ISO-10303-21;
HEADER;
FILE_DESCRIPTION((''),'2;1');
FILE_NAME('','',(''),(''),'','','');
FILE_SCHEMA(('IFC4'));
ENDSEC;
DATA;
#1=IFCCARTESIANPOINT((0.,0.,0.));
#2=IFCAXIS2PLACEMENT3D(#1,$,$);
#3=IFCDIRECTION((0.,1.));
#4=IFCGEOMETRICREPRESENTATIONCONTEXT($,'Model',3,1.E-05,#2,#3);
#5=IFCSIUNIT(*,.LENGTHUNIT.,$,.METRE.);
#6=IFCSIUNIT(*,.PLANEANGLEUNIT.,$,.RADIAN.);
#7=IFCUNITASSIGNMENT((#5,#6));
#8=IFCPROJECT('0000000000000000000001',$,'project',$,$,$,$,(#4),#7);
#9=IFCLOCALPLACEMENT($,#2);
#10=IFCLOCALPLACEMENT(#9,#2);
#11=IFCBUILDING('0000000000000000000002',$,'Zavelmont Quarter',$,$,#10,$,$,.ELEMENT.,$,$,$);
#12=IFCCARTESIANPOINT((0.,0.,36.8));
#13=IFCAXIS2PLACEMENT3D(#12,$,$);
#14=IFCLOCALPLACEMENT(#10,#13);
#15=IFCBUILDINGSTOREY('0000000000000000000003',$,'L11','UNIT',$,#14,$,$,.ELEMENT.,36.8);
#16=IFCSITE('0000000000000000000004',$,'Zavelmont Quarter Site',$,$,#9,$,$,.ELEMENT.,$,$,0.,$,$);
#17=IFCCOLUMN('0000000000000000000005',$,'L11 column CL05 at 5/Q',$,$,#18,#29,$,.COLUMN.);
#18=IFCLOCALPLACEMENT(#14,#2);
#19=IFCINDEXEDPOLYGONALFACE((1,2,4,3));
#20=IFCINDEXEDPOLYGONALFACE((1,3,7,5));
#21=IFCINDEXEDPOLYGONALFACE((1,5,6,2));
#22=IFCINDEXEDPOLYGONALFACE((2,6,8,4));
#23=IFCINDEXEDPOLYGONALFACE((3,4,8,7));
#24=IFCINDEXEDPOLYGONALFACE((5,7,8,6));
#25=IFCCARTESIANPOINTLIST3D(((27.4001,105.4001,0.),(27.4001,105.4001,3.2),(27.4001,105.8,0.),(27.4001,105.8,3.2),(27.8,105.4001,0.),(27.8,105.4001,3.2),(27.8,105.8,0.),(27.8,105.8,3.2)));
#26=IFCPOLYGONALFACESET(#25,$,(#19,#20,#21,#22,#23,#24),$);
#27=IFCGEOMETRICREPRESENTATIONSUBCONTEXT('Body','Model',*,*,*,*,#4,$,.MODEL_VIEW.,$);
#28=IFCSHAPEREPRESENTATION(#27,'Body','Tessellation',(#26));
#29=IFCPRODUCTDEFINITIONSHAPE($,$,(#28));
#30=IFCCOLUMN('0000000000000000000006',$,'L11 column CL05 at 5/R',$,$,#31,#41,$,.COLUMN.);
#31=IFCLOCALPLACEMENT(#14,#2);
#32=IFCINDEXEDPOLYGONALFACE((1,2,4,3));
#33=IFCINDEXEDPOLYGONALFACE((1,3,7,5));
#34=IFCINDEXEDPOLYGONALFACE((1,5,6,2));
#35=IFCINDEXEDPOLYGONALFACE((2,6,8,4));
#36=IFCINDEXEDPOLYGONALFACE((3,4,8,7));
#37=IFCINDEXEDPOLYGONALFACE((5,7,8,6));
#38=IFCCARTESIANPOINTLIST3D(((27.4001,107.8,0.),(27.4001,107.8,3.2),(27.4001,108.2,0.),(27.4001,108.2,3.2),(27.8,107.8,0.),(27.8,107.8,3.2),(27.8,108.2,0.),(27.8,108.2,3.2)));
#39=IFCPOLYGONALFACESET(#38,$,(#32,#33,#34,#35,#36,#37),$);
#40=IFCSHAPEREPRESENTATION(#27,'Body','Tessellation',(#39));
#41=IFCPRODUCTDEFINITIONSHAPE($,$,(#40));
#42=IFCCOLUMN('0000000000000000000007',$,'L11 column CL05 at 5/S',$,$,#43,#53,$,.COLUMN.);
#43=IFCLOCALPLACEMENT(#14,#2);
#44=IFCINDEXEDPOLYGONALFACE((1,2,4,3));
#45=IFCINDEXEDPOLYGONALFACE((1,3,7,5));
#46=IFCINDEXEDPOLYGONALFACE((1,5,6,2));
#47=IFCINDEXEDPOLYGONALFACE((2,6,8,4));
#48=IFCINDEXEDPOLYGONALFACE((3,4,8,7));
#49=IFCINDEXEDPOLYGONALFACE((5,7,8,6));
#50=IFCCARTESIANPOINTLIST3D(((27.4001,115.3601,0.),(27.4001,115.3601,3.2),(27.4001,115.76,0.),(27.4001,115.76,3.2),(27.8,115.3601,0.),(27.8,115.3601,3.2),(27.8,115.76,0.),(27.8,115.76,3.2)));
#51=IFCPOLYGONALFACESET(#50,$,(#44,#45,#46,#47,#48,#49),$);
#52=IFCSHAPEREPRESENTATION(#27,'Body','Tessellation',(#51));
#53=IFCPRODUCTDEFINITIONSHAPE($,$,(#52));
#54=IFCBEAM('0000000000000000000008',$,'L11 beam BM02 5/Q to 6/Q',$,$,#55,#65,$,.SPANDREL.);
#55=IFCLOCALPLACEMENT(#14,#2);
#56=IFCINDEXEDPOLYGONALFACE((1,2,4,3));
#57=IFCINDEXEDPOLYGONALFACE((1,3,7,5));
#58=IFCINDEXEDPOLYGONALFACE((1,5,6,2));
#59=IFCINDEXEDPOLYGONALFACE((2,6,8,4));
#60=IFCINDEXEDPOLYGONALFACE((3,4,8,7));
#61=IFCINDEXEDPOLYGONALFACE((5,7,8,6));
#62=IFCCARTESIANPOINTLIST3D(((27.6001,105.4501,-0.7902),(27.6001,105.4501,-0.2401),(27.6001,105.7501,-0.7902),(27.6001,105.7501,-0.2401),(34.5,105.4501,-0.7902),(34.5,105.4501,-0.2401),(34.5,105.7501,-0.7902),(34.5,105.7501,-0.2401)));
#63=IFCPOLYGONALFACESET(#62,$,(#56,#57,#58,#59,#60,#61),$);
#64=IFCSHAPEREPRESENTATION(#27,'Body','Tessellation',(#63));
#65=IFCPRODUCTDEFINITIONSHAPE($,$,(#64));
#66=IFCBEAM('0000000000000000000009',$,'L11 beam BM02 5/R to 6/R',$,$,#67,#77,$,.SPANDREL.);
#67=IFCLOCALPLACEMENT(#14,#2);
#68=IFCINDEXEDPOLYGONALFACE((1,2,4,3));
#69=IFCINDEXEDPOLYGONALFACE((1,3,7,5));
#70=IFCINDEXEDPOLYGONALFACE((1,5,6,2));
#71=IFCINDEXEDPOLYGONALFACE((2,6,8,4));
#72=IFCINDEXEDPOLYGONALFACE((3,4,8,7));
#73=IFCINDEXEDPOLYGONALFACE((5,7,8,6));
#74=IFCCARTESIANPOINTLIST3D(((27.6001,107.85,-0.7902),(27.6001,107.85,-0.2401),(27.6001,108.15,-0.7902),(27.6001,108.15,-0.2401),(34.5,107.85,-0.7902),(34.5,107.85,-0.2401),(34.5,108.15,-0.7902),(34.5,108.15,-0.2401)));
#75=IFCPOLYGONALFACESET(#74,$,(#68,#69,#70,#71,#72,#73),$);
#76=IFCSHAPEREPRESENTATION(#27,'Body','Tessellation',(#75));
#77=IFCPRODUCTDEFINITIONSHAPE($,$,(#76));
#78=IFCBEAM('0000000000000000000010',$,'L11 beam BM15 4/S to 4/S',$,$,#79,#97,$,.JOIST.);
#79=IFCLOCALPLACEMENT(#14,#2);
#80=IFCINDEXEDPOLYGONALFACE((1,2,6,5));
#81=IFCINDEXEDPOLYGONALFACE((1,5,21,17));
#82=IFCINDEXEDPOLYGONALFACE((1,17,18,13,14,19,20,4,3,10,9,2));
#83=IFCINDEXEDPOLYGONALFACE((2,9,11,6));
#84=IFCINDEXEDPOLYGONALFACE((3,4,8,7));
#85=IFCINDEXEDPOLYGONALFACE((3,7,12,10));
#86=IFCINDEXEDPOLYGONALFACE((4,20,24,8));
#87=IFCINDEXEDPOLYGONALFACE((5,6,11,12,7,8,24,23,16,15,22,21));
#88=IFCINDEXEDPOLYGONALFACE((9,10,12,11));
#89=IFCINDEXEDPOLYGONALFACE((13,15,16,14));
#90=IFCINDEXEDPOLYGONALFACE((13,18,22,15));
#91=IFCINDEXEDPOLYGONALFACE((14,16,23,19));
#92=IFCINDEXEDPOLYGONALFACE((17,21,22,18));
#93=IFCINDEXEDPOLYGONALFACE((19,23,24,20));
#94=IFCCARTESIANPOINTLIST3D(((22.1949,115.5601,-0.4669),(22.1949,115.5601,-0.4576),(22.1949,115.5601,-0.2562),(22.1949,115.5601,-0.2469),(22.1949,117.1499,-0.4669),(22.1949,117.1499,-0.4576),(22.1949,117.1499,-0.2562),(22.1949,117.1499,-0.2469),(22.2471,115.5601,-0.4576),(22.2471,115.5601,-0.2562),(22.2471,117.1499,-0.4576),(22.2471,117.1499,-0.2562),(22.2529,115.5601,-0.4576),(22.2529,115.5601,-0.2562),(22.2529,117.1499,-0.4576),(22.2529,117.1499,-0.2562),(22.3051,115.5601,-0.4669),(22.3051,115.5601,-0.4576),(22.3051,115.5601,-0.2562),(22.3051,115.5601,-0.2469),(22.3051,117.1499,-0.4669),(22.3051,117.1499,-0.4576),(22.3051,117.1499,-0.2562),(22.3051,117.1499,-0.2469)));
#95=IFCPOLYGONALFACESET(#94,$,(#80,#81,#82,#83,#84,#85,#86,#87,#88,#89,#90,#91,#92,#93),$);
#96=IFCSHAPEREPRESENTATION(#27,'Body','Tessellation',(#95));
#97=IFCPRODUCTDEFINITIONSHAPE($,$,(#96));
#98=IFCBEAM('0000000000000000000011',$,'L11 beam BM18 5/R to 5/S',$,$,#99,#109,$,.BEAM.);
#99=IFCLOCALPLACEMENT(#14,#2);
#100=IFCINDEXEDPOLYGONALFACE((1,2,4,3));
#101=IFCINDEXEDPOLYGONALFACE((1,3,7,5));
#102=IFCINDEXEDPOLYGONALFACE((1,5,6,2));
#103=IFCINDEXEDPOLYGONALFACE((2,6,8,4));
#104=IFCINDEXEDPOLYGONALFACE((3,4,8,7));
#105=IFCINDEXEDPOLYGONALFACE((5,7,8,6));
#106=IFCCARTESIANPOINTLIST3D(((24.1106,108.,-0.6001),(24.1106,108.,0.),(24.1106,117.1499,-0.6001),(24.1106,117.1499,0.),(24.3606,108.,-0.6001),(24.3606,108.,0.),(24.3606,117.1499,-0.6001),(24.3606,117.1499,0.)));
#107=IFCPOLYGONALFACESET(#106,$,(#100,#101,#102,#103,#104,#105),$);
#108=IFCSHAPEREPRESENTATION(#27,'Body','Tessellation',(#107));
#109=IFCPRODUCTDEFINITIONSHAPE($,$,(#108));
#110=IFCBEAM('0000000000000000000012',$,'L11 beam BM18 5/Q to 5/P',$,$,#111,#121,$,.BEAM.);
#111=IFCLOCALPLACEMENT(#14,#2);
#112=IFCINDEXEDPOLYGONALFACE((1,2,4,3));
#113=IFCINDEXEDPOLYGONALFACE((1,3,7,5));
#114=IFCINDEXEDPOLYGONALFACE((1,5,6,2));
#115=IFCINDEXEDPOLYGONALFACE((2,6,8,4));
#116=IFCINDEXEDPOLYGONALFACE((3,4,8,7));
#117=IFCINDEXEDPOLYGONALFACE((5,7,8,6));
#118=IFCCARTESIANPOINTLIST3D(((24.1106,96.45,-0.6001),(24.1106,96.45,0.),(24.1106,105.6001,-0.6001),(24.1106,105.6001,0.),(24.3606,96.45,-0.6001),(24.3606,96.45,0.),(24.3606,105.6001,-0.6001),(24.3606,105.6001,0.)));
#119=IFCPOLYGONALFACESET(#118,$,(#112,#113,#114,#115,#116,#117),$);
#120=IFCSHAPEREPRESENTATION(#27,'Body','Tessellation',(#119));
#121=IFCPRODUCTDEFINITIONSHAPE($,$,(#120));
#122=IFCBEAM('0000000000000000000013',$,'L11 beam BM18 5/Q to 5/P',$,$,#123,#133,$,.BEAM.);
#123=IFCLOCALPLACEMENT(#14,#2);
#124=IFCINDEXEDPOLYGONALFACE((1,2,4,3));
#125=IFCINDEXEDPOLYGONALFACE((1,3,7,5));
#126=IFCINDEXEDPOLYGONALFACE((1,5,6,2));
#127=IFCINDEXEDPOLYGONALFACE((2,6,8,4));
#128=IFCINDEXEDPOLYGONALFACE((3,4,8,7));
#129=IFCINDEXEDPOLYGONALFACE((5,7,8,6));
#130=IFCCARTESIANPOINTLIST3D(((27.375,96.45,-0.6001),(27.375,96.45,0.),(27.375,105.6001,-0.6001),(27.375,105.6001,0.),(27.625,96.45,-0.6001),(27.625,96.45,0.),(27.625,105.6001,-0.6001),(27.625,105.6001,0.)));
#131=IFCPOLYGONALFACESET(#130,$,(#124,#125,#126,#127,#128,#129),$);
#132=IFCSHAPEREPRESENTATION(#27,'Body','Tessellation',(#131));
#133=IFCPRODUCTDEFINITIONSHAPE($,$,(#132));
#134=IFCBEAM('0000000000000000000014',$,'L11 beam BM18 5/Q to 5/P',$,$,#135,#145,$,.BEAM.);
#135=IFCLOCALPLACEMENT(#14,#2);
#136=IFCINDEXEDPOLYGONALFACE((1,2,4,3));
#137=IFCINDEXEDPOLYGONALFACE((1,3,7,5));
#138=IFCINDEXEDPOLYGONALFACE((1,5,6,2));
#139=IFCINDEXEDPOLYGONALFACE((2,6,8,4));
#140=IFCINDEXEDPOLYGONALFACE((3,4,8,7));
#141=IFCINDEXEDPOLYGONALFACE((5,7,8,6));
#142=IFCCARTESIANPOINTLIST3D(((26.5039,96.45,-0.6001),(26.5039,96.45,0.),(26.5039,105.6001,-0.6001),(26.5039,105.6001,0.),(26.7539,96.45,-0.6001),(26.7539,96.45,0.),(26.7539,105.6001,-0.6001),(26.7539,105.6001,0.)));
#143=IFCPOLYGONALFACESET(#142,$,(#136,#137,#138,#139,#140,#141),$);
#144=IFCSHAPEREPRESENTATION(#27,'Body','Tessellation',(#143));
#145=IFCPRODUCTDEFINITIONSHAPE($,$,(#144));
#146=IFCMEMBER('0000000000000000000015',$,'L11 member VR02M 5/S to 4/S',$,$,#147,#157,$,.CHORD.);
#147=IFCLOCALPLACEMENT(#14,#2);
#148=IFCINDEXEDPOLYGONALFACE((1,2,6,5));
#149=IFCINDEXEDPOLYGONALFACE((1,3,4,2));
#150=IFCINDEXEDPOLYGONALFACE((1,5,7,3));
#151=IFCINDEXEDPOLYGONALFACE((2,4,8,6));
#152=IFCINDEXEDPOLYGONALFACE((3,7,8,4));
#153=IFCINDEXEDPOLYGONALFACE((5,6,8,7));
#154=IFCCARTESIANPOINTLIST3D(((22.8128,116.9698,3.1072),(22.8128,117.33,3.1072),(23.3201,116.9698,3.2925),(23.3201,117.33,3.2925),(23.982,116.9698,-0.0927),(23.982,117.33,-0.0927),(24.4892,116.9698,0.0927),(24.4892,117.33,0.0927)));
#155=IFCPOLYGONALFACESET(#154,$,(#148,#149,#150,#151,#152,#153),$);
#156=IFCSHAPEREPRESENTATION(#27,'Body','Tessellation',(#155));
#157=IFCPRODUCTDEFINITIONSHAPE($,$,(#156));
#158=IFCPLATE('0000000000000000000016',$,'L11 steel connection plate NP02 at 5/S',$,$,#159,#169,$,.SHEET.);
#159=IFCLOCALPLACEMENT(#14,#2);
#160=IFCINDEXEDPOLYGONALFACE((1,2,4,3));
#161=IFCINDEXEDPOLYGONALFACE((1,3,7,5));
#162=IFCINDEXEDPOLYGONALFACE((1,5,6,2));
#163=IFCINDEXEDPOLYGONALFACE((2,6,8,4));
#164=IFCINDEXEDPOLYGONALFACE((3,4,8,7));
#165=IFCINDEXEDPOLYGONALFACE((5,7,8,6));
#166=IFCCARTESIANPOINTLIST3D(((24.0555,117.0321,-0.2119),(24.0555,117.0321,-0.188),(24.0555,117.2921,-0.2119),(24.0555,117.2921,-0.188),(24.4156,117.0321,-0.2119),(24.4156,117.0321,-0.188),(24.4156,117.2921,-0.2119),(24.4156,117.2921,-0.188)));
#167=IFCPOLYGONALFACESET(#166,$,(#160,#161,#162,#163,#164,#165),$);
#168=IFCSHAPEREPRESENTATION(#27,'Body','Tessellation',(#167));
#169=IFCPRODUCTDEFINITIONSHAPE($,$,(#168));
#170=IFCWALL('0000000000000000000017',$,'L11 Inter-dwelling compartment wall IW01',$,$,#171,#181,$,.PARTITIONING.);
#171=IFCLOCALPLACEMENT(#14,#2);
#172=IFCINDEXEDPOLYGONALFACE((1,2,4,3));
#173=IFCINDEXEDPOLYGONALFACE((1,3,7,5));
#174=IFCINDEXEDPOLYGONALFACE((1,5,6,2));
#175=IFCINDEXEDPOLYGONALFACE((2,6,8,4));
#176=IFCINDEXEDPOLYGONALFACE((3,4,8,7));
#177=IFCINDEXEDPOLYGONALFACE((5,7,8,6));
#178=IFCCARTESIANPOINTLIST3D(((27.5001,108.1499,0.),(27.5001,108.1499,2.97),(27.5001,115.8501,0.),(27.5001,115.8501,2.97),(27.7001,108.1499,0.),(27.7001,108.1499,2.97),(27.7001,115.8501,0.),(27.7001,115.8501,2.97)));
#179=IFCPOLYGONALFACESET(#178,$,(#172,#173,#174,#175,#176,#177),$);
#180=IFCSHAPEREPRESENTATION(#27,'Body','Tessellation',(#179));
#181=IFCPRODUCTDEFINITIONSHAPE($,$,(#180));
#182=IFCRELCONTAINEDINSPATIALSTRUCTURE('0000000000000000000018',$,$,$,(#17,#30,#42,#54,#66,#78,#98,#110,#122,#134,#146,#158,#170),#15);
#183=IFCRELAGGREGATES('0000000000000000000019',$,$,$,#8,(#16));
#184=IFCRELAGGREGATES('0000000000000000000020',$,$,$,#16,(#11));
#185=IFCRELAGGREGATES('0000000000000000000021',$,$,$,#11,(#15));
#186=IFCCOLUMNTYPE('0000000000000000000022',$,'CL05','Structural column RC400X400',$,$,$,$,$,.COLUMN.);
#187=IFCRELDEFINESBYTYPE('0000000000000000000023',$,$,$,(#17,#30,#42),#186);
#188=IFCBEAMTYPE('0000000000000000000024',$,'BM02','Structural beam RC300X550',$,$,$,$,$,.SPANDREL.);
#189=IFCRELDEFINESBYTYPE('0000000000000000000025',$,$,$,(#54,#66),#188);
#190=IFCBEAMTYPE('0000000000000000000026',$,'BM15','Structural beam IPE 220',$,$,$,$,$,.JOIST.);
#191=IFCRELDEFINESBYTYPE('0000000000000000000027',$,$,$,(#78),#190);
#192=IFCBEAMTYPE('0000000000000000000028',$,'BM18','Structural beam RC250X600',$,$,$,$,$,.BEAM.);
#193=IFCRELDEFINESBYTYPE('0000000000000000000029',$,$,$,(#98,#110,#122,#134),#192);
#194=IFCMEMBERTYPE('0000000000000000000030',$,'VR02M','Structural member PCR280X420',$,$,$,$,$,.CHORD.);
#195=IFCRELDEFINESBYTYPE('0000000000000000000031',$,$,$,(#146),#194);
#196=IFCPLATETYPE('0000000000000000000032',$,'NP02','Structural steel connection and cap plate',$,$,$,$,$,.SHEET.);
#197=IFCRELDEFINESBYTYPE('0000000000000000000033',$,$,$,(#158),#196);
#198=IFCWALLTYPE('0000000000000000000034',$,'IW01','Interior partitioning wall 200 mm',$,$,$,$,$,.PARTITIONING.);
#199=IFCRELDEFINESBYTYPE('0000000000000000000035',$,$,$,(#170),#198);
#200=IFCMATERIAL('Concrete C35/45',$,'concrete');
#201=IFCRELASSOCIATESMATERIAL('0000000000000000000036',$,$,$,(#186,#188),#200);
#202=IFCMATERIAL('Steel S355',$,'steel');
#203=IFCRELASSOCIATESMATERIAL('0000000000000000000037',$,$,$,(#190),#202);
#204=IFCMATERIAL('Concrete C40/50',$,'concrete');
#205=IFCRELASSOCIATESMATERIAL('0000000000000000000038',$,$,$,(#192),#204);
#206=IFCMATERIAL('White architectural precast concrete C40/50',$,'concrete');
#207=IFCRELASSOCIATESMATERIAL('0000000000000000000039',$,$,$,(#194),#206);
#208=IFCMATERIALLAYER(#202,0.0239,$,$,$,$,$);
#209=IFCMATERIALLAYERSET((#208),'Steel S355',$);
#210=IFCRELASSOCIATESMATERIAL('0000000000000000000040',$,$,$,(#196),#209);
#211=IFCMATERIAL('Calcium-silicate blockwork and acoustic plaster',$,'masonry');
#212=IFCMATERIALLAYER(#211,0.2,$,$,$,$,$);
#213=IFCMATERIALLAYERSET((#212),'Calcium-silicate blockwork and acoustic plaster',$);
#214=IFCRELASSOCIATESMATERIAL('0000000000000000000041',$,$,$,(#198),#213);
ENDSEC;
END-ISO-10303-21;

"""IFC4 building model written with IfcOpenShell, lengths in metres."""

from ifc_helpers import new_model, si_unit, direction, frame, frame_2d, origin, origin_2d, place, context, subcontext, project, spatial, rectangle, i_section, extrude, material, layer, layer_set, material_profile, profile_set, type_object, element, save


model = new_model("IFC4")

# Units and contexts
model_context = context("Model", 3, precision=1e-05, world=origin(), true_north=direction((0.0, 1.0)))
body_context = subcontext(model_context, "Body", "Model", "MODEL_VIEW")
ifc_project = project(units=[si_unit("LENGTHUNIT", "METRE"), si_unit("PLANEANGLEUNIT", "RADIAN")], contexts=[model_context])

# Site, building, storey
site_placement = place(None, origin())
site = spatial("IfcSite", under=ifc_project, at=site_placement, Name="Zavelmont Quarter Site", CompositionType="ELEMENT", RefElevation=0.0)
building_placement = place(site_placement, origin())
building = spatial("IfcBuilding", under=site, at=building_placement, Name="Zavelmont Quarter", CompositionType="ELEMENT")
storey_placement = place(building_placement, frame((0.0, 0.0, 36.8)))
storey = spatial("IfcBuildingStorey", under=building, at=storey_placement, Name="L11", Description="UNIT", CompositionType="ELEMENT", Elevation=36.8)

# Columns
ifc_material_1 = material(Name="Concrete C35/45", Category="concrete")
ifc_material_profile_1 = material_profile(ifc_material_1, rectangle(XDim=0.3999, YDim=0.3999, at=origin_2d()), Name="RC400X400")
ifc_profile_set_1 = profile_set([ifc_material_profile_1], Name="Concrete C35/45")
column_type = type_object("IfcColumnType", Name="CL05", Description="Structural column RC400X400", PredefinedType="COLUMN", material=ifc_profile_set_1)
for number, where, z_axis, x_axis, name in (
    (1, (27.6001, 105.6001, 0.0), (0.0, 0.0, 1.0), (1.0, 0.0, 0.0), "L11 column CL05 at 5/Q"),
    (2, (27.6001, 108.0, 0.0), (0.0, 0.0, 1.0), (1.0, 0.0, 0.0), "L11 column CL05 at 5/R"),
    (3, (27.6001, 115.5601, 0.0), (0.0, 0.0, 1.0), (1.0, 0.0, 0.0), "L11 column CL05 at 5/S"),
):
    element("IfcColumn", number, at=place(storey_placement, frame(where, z_axis=z_axis, x_axis=x_axis)), inside=storey, type_object=column_type, Name=name, PredefinedType="COLUMN", context=body_context, shape_type="SweptSolid", body=[
        extrude(rectangle(XDim=0.3999, YDim=0.3999, at=origin_2d()), origin(), (0.0, 0.0, 1.0), 3.2),
    ])

# Beams
ifc_material_profile_2 = material_profile(ifc_material_1, rectangle(XDim=0.3, YDim=0.55, at=origin_2d()), Name="RC300X550")
ifc_profile_set_2 = profile_set([ifc_material_profile_2], Name="Concrete C35/45")
beam_type_1 = type_object("IfcBeamType", Name="BM02", Description="Structural beam RC300X550", PredefinedType="SPANDREL", material=ifc_profile_set_2)
for number, where, z_axis, x_axis, name in (
    (4, (27.6001, 105.6001, -0.5151), (1.0, 0.0, 0.0), (0.0, 1.0, 0.0), "L11 beam BM02 5/Q to 6/Q"),
    (5, (27.6001, 108.0, -0.5151), (1.0, 0.0, 0.0), (0.0, 1.0, 0.0), "L11 beam BM02 5/R to 6/R"),
):
    element("IfcBeam", number, at=place(storey_placement, frame(where, z_axis=z_axis, x_axis=x_axis)), inside=storey, type_object=beam_type_1, Name=name, PredefinedType="SPANDREL", context=body_context, shape_type="SweptSolid", body=[
        extrude(rectangle(XDim=0.3, YDim=0.55, at=origin_2d()), origin(), (0.0, 0.0, 1.0), 6.8999),
    ])
ifc_material_2 = material(Name="Steel S355", Category="steel")
ifc_material_profile_3 = material_profile(ifc_material_2, i_section(OverallWidth=0.1101, OverallDepth=0.22, WebThickness=0.0059, FlangeThickness=0.0093, at=origin_2d()), Name="IPE 220")
ifc_profile_set_3 = profile_set([ifc_material_profile_3], Name="Steel S355")
beam_type_2 = type_object("IfcBeamType", Name="BM15", Description="Structural beam IPE 220", PredefinedType="JOIST", material=ifc_profile_set_3)
beam_1_placement = place(storey_placement, frame((22.25, 115.5601, -0.3569), z_axis=(0.0, 1.0, 0.0), x_axis=(-1.0, 0.0, 0.0)))
element("IfcBeam", 6, at=beam_1_placement, inside=storey, type_object=beam_type_2, Name="L11 beam BM15 4/S to 4/S", PredefinedType="JOIST", context=body_context, shape_type="SweptSolid", body=[
    extrude(i_section(OverallWidth=0.1101, OverallDepth=0.22, WebThickness=0.0059, FlangeThickness=0.0093, at=origin_2d()), origin(), (0.0, 0.0, 1.0), 1.5898),
])
ifc_material_3 = material(Name="Concrete C40/50", Category="concrete")
ifc_material_profile_4 = material_profile(ifc_material_3, rectangle(XDim=0.25, YDim=0.6001, at=origin_2d()), Name="RC250X600")
ifc_profile_set_4 = profile_set([ifc_material_profile_4], Name="Concrete C40/50")
beam_type_3 = type_object("IfcBeamType", Name="BM18", Description="Structural beam RC250X600", PredefinedType="BEAM", material=ifc_profile_set_4)
beam_2_placement = place(storey_placement, frame((24.2356, 108.0, -0.3), z_axis=(0.0, 1.0, 0.0), x_axis=(-1.0, 0.0, 0.0)))
element("IfcBeam", 7, at=beam_2_placement, inside=storey, type_object=beam_type_3, Name="L11 beam BM18 5/R to 5/S", PredefinedType="BEAM", context=body_context, shape_type="SweptSolid", body=[
    extrude(rectangle(XDim=0.25, YDim=0.6001, at=origin_2d()), origin(), (0.0, 0.0, 1.0), 9.1499),
])
for number, where, z_axis, x_axis, name in (
    (8, (24.2356, 105.6001, -0.3), (0.0, -1.0, 0.0), (1.0, 0.0, 0.0), "L11 beam BM18 5/Q to 5/P"),
    (9, (27.5, 105.6001, -0.3), (0.0, -1.0, 0.0), (1.0, 0.0, 0.0), "L11 beam BM18 5/Q to 5/P"),
    (10, (26.6289, 105.6001, -0.3), (0.0, -1.0, 0.0), (1.0, 0.0, 0.0), "L11 beam BM18 5/Q to 5/P"),
):
    element("IfcBeam", number, at=place(storey_placement, frame(where, z_axis=z_axis, x_axis=x_axis)), inside=storey, type_object=beam_type_3, Name=name, PredefinedType="BEAM", context=body_context, shape_type="SweptSolid", body=[
        extrude(rectangle(XDim=0.25, YDim=0.6001, at=origin_2d()), origin(), (0.0, 0.0, 1.0), 9.1501),
    ])

# Member
ifc_material_4 = material(Name="White architectural precast concrete C40/50", Category="concrete")
ifc_material_profile_5 = material_profile(ifc_material_4, rectangle(XDim=0.3601, YDim=0.54, at=origin_2d()), Name="PCR280X420")
ifc_profile_set_5 = profile_set([ifc_material_profile_5], Name="White architectural precast concrete C40/50")
member_type = type_object("IfcMemberType", Name="VR02M", Description="Structural member PCR280X420", PredefinedType="CHORD", material=ifc_profile_set_5)
member_placement = place(storey_placement, frame((24.2356, 117.1499, 0.0), z_axis=(-0.343187, 0.0, 0.939267), x_axis=(0.0, -1.0, 0.0)))
element("IfcMember", 11, at=member_placement, inside=storey, type_object=member_type, Name="L11 member VR02M 5/S to 4/S", PredefinedType="CHORD", context=body_context, shape_type="SweptSolid", body=[
    extrude(rectangle(XDim=0.3601, YDim=0.54, at=origin_2d()), origin(), (0.0, 0.0, 1.0), 3.4067),
])

# Plate
ifc_layer_1 = layer(ifc_material_2, 0.0239)
ifc_layer_set_1 = layer_set([ifc_layer_1], Name="Steel S355")
plate_type = type_object("IfcPlateType", Name="NP02", Description="Structural steel connection and cap plate", PredefinedType="SHEET", material=ifc_layer_set_1)
plate_placement = place(storey_placement, frame((24.2356, 117.1621, -0.2119), z_axis=(0.0, 0.0, 1.0), x_axis=(1.0, 0.0, 0.0)))
element("IfcPlate", 12, at=plate_placement, inside=storey, type_object=plate_type, Name="L11 steel connection plate NP02 at 5/S", PredefinedType="SHEET", context=body_context, shape_type="SweptSolid", body=[
    extrude(rectangle(XDim=0.3601, YDim=0.26, at=origin_2d()), origin(), (0.0, 0.0, 1.0), 0.0239),
])

# Wall
ifc_material_5 = material(Name="Calcium-silicate blockwork and acoustic plaster", Category="masonry")
ifc_layer_2 = layer(ifc_material_5, 0.2)
ifc_layer_set_2 = layer_set([ifc_layer_2], Name="Calcium-silicate blockwork and acoustic plaster")
wall_type_1 = type_object("IfcWallType", Name="IW01", Description="Interior partitioning wall 200 mm", PredefinedType="PARTITIONING", material=ifc_layer_set_2)
wall_1_placement = place(storey_placement, frame((27.6001, 108.1499, 0.0), z_axis=(0.0, 0.0, 1.0), x_axis=(0.0, 1.0, 0.0)))
element("IfcWall", 13, at=wall_1_placement, inside=storey, type_object=wall_type_1, Name="L11 Inter-dwelling compartment wall IW01", PredefinedType="PARTITIONING", context=body_context, shape_type="SweptSolid", body=[
    extrude(rectangle(XDim=7.7002, YDim=0.2, at=frame_2d((3.8501, 0.0))), origin(), (0.0, 0.0, 1.0), 2.97),
])

save(model, "model.ifc")
